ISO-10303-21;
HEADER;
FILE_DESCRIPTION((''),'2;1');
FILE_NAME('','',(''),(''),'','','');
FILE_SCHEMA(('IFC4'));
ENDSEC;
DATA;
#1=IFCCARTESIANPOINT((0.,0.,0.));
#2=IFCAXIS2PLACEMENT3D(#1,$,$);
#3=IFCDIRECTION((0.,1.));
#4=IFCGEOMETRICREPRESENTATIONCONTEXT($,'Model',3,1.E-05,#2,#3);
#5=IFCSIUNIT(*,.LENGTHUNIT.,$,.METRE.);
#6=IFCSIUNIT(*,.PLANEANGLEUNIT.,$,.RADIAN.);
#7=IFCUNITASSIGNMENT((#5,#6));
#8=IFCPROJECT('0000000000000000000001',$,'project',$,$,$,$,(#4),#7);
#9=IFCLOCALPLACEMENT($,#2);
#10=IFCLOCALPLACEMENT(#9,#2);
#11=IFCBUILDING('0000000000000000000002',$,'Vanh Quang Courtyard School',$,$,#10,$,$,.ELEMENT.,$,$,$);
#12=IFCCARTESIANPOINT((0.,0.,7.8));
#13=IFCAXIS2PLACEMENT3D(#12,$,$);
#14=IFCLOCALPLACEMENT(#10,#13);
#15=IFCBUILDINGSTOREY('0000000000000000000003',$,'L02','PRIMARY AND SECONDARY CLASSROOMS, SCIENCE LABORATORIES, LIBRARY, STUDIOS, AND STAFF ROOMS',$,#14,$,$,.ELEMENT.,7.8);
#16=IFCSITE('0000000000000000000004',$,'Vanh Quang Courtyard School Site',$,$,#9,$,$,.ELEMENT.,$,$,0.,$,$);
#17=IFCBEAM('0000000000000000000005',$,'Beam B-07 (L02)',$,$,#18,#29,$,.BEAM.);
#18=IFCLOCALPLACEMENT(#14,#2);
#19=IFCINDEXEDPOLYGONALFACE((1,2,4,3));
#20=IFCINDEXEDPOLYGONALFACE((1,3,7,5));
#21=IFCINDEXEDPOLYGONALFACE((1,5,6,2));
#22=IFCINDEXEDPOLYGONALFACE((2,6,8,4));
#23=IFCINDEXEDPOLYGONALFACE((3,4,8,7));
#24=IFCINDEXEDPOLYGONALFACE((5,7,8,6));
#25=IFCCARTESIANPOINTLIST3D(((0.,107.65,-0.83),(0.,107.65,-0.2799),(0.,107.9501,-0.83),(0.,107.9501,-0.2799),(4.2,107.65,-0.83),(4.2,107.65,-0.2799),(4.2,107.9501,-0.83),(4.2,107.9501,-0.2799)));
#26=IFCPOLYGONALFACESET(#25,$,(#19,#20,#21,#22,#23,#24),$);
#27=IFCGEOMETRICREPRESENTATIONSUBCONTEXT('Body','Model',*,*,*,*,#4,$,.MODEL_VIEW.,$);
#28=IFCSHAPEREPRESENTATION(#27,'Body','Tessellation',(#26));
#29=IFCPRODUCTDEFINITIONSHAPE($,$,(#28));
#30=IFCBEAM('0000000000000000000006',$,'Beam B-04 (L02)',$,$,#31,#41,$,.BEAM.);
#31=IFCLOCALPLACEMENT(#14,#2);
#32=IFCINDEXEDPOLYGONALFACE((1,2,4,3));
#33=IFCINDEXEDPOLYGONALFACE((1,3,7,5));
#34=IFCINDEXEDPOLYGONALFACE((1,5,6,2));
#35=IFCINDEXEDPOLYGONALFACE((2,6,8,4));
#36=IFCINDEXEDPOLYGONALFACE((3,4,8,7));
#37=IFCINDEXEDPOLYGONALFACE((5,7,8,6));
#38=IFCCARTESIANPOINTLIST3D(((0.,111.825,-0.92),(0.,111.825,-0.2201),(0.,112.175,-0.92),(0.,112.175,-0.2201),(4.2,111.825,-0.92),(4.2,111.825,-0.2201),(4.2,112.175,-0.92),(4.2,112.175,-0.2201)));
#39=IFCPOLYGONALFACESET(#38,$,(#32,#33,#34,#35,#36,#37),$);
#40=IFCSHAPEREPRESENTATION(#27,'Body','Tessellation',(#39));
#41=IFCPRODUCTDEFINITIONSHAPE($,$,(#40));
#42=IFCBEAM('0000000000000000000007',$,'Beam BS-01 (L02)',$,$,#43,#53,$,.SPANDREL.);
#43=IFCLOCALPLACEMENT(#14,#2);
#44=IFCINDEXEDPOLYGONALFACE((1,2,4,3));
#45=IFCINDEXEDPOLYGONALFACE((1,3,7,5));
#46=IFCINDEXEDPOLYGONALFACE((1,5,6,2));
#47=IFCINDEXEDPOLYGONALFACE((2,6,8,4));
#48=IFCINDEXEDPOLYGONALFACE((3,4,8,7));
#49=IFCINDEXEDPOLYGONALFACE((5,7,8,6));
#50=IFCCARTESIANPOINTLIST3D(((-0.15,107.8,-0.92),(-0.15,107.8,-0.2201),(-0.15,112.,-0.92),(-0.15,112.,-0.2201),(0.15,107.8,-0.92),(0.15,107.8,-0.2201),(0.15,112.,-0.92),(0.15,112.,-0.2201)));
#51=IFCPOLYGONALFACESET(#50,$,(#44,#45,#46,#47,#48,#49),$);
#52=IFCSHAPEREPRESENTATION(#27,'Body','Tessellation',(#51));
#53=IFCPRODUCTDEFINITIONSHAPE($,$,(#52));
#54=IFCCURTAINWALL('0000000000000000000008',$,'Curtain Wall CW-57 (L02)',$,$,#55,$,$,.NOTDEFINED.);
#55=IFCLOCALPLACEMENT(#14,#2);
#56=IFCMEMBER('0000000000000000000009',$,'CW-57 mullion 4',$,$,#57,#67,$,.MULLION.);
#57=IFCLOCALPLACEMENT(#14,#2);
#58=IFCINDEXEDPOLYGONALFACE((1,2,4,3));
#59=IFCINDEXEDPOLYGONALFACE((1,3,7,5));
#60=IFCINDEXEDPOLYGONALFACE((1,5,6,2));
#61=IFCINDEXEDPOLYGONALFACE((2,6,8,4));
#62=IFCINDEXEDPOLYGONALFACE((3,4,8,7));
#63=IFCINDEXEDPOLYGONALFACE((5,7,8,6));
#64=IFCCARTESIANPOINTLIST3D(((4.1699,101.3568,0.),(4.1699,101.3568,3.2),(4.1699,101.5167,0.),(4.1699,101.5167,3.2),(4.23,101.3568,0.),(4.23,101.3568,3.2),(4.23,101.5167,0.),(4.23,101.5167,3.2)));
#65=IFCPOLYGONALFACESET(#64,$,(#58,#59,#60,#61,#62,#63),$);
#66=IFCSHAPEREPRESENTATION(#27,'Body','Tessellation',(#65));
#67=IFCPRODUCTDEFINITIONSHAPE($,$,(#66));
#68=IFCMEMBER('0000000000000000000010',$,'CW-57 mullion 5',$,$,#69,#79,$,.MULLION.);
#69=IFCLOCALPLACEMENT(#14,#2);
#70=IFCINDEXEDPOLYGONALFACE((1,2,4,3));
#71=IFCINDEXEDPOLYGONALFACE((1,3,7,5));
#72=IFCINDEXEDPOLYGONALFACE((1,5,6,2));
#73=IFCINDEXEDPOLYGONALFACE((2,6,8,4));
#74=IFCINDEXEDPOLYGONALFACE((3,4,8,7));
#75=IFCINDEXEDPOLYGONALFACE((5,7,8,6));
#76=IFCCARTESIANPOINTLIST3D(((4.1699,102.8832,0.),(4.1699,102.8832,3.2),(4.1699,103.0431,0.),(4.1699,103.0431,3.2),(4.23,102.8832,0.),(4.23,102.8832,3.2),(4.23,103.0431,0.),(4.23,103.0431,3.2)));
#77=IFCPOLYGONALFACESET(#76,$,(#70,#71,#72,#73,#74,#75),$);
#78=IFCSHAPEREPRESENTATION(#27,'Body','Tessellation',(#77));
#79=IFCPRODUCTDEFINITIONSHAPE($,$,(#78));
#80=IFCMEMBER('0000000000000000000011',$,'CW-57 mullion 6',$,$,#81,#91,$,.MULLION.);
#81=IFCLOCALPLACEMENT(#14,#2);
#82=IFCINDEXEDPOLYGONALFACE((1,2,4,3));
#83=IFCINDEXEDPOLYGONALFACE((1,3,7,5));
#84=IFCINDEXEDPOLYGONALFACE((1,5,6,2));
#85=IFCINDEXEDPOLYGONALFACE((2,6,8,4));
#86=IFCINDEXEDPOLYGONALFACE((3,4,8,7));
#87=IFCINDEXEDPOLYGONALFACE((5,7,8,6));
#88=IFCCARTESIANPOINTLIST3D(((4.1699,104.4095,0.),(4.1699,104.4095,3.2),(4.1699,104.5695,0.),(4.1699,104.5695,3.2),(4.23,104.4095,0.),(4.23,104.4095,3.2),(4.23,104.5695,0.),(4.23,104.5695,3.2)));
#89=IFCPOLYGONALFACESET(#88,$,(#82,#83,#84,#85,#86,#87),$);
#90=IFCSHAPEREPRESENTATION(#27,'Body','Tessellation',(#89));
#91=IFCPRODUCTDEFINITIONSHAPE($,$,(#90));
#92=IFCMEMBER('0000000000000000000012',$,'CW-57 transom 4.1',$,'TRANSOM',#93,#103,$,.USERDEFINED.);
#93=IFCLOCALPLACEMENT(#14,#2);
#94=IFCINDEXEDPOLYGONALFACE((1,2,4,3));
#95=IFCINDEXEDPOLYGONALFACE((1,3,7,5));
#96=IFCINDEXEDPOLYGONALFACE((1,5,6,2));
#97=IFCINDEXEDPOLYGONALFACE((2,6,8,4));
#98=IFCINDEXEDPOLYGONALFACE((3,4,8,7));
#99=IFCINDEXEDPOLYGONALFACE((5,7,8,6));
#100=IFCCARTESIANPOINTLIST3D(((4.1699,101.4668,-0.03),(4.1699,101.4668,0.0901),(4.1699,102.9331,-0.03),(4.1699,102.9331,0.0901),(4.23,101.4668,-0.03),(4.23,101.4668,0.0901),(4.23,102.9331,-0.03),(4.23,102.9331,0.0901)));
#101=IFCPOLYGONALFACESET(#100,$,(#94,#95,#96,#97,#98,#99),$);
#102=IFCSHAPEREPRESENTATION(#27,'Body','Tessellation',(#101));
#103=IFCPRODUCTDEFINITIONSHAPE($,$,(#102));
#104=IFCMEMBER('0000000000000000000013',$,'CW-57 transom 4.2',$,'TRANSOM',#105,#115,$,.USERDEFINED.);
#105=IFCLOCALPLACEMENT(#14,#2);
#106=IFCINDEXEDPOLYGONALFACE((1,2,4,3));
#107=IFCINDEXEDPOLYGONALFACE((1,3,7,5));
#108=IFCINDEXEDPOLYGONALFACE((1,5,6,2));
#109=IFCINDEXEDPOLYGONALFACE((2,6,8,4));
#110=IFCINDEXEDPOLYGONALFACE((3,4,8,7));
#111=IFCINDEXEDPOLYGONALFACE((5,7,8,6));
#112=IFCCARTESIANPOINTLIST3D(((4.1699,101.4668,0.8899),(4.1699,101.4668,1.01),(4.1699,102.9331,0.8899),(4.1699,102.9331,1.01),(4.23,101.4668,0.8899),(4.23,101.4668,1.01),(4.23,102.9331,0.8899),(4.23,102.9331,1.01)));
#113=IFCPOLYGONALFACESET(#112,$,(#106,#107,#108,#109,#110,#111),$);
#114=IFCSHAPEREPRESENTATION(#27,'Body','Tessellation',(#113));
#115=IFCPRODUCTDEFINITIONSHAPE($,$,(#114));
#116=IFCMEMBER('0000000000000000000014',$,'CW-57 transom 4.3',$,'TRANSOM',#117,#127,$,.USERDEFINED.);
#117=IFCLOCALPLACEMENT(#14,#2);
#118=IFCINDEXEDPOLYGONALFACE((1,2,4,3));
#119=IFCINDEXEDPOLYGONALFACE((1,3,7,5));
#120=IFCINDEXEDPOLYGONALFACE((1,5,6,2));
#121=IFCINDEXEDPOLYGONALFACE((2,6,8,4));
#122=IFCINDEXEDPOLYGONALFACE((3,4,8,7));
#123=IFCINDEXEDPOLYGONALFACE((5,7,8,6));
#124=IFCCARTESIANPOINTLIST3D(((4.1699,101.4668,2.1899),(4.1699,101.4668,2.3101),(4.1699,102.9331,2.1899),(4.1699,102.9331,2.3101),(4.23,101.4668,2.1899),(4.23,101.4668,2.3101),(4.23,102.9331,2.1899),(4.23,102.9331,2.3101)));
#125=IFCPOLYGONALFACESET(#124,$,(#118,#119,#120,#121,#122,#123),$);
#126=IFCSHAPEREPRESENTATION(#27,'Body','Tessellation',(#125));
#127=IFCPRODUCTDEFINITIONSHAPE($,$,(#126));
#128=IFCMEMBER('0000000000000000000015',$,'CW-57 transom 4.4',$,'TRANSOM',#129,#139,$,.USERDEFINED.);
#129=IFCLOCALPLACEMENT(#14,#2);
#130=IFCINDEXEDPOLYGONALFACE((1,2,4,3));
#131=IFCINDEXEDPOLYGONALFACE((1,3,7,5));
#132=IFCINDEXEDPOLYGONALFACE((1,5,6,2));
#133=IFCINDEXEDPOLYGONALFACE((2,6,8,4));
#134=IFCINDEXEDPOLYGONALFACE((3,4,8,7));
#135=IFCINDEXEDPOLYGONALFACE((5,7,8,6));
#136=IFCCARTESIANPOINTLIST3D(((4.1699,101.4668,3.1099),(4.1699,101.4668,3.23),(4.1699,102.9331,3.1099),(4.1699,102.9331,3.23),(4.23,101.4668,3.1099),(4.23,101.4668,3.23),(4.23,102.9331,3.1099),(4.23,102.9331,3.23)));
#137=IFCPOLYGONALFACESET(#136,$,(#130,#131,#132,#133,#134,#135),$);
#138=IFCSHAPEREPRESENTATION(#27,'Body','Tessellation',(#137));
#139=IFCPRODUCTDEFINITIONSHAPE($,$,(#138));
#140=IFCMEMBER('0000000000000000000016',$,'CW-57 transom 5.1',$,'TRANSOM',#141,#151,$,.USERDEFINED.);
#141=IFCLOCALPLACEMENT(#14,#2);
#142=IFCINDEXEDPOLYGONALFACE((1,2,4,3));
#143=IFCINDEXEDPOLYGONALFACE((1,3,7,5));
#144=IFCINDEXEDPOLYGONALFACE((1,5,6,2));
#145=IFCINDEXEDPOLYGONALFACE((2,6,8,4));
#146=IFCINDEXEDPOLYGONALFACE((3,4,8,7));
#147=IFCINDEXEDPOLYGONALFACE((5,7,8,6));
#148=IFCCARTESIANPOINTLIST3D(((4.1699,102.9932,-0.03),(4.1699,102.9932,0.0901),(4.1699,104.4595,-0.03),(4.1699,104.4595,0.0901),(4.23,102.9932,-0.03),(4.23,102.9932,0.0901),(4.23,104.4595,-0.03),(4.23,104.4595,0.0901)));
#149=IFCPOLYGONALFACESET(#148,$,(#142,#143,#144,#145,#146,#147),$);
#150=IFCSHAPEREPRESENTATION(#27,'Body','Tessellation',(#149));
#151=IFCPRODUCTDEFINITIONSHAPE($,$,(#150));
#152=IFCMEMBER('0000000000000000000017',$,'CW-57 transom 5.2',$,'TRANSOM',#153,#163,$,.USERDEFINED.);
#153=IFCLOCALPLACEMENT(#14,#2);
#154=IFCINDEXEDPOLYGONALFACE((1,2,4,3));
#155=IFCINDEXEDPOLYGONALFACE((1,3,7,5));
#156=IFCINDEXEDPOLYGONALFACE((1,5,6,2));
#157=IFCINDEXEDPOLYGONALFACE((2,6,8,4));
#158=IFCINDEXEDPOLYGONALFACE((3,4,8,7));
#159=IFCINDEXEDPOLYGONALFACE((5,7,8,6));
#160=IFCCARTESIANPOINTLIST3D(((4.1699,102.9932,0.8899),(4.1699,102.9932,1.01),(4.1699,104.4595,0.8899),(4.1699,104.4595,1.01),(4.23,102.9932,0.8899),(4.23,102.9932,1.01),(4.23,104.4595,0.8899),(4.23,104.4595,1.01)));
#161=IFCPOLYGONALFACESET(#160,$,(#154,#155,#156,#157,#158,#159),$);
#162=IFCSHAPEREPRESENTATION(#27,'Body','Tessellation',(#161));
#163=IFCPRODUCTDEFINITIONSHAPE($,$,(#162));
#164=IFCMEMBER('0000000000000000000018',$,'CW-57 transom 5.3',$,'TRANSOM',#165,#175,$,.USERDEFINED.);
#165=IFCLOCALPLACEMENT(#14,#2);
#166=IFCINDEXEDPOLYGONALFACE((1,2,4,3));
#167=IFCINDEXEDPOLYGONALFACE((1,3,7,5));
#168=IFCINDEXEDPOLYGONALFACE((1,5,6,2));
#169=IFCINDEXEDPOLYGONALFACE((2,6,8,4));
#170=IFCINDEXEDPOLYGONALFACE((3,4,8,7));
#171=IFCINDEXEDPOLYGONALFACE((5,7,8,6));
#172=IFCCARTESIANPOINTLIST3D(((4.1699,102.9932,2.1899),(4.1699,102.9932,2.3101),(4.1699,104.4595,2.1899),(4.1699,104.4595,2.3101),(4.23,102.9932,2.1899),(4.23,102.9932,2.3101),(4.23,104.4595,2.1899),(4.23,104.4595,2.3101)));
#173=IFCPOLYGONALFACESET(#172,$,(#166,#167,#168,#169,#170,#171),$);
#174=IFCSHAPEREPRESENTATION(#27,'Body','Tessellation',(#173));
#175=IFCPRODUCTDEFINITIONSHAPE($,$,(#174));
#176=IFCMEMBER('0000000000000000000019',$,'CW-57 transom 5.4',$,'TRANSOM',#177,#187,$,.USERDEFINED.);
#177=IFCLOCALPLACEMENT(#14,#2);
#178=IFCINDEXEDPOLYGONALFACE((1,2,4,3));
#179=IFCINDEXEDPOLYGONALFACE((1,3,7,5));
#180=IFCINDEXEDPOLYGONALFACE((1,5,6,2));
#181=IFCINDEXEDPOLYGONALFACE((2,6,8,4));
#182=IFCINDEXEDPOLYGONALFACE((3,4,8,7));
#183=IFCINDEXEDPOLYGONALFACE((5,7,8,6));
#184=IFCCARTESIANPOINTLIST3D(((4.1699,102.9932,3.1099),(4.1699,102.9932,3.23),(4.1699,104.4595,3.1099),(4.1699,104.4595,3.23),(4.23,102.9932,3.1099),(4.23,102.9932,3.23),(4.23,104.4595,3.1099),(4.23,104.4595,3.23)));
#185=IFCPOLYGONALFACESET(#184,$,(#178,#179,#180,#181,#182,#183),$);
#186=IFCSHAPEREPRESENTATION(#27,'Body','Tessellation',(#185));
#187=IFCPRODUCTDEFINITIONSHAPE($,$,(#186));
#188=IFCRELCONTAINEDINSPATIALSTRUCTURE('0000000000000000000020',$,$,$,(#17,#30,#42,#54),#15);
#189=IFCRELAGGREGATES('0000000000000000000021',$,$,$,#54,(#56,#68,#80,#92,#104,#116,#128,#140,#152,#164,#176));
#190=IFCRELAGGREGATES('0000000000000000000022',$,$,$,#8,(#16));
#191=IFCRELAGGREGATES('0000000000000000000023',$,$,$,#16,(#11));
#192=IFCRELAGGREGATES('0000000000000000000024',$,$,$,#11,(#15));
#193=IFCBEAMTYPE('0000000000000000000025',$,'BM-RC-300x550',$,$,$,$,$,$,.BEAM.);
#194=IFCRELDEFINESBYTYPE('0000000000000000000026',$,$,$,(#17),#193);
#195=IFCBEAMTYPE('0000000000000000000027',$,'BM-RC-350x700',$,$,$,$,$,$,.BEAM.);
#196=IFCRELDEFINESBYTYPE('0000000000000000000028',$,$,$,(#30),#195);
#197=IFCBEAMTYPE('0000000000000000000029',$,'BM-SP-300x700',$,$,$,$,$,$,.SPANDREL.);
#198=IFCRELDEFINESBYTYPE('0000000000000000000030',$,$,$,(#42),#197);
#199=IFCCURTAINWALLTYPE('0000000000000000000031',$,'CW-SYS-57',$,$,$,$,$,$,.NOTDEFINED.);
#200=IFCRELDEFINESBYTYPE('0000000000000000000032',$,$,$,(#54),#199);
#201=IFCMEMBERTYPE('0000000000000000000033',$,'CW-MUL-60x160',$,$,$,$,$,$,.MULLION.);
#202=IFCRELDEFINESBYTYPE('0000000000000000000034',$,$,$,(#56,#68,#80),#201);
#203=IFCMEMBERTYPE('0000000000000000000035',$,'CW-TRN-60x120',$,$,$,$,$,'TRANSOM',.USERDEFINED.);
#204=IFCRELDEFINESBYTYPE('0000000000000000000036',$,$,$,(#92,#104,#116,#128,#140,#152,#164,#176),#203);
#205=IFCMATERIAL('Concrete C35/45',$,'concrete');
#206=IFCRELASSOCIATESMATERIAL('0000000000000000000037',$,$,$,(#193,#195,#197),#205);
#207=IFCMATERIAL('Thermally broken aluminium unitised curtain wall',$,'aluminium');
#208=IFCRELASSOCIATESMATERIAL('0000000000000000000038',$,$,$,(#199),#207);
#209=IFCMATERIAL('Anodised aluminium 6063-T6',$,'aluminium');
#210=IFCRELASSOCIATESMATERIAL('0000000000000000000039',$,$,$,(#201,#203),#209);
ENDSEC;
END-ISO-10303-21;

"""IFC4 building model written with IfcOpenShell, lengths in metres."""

from ifc_helpers import new_model, si_unit, direction, frame, origin, origin_2d, place, context, subcontext, project, spatial, rectangle, extrude, material, material_profile, profile_set, type_object, element, aggregate, save


model = new_model("IFC4")

# Units and contexts
model_context = context("Model", 3, precision=1e-05, world=origin(), true_north=direction((0.0, 1.0)))
body_context = subcontext(model_context, "Body", "Model", "MODEL_VIEW")
ifc_project = project(units=[si_unit("LENGTHUNIT", "METRE"), si_unit("PLANEANGLEUNIT", "RADIAN")], contexts=[model_context])

# Site, building, storey
site_placement = place(None, origin())
site = spatial("IfcSite", under=ifc_project, at=site_placement, Name="Vanh Quang Courtyard School Site", CompositionType="ELEMENT", RefElevation=0.0)
building_placement = place(site_placement, origin())
building = spatial("IfcBuilding", under=site, at=building_placement, Name="Vanh Quang Courtyard School", CompositionType="ELEMENT")
storey_placement = place(building_placement, frame((0.0, 0.0, 7.8)))
storey = spatial("IfcBuildingStorey", under=building, at=storey_placement, Name="L02", Description="PRIMARY AND SECONDARY CLASSROOMS, SCIENCE LABORATORIES, LIBRARY, STUDIOS, AND STAFF ROOMS", CompositionType="ELEMENT", Elevation=7.8)

# Beams
ifc_material_1 = material(Name="Concrete C35/45", Category="concrete")
ifc_material_profile_1 = material_profile(ifc_material_1, rectangle(XDim=0.3, YDim=0.55, at=origin_2d()), Name="RC-BM 300x550")
ifc_profile_set_1 = profile_set([ifc_material_profile_1], Name="Concrete C35/45")
beam_type_1 = type_object("IfcBeamType", Name="BM-RC-300x550", PredefinedType="BEAM", material=ifc_profile_set_1)
beam_1_placement = place(storey_placement, frame((0.0, 107.8, -0.5549), z_axis=(1.0, 0.0, 0.0), x_axis=(0.0, 1.0, 0.0)))
element("IfcBeam", 1, at=beam_1_placement, inside=storey, type_object=beam_type_1, Name="Beam B-07 (L02)", PredefinedType="BEAM", context=body_context, shape_type="SweptSolid", body=[
    extrude(rectangle(XDim=0.3, YDim=0.55, at=origin_2d()), origin(), (0.0, 0.0, 1.0), 4.2),
])
ifc_material_profile_2 = material_profile(ifc_material_1, rectangle(XDim=0.3501, YDim=0.7, at=origin_2d()), Name="RC-BM 350x700")
ifc_profile_set_2 = profile_set([ifc_material_profile_2], Name="Concrete C35/45")
beam_type_2 = type_object("IfcBeamType", Name="BM-RC-350x700", PredefinedType="BEAM", material=ifc_profile_set_2)
beam_2_placement = place(storey_placement, frame((0.0, 112.0, -0.5701), z_axis=(1.0, 0.0, 0.0), x_axis=(0.0, 1.0, 0.0)))
element("IfcBeam", 2, at=beam_2_placement, inside=storey, type_object=beam_type_2, Name="Beam B-04 (L02)", PredefinedType="BEAM", context=body_context, shape_type="SweptSolid", body=[
    extrude(rectangle(XDim=0.3501, YDim=0.7, at=origin_2d()), origin(), (0.0, 0.0, 1.0), 4.2),
])
ifc_material_profile_3 = material_profile(ifc_material_1, rectangle(XDim=0.3, YDim=0.7, at=origin_2d()), Name="RC-SP 300x700")
ifc_profile_set_3 = profile_set([ifc_material_profile_3], Name="Concrete C35/45")
beam_type_3 = type_object("IfcBeamType", Name="BM-SP-300x700", PredefinedType="SPANDREL", material=ifc_profile_set_3)
beam_3_placement = place(storey_placement, frame((0.0, 107.8, -0.5701), z_axis=(0.0, 1.0, 0.0), x_axis=(-1.0, 0.0, 0.0)))
element("IfcBeam", 3, at=beam_3_placement, inside=storey, type_object=beam_type_3, Name="Beam BS-01 (L02)", PredefinedType="SPANDREL", context=body_context, shape_type="SweptSolid", body=[
    extrude(rectangle(XDim=0.3, YDim=0.7, at=origin_2d()), origin(), (0.0, 0.0, 1.0), 4.2),
])

# Curtain wall, members
ifc_material_2 = material(Name="Thermally broken aluminium unitised curtain wall", Category="aluminium")
curtain_wall_type = type_object("IfcCurtainWallType", Name="CW-SYS-57", PredefinedType="NOTDEFINED", material=ifc_material_2)
curtain_wall_placement = place(storey_placement, origin())
curtain_wall = element("IfcCurtainWall", 4, at=curtain_wall_placement, inside=storey, type_object=curtain_wall_type, Name="Curtain Wall CW-57 (L02)", PredefinedType="NOTDEFINED")
ifc_material_3 = material(Name="Anodised aluminium 6063-T6", Category="aluminium")
ifc_material_profile_4 = material_profile(ifc_material_3, rectangle(XDim=0.0601, YDim=0.1599, at=origin_2d()), Name="ALU-MUL 60x160")
ifc_profile_set_4 = profile_set([ifc_material_profile_4], Name="Anodised aluminium 6063-T6")
member_type_1 = type_object("IfcMemberType", Name="CW-MUL-60x160", PredefinedType="MULLION", material=ifc_profile_set_4)
member_1_placement = place(storey_placement, frame((4.2, 101.4368, 0.0), z_axis=(0.0, 0.0, 1.0), x_axis=(-1.0, 0.0, 0.0)))
member_1 = element("IfcMember", 5, at=member_1_placement, type_object=member_type_1, Name="CW-57 mullion 4", PredefinedType="MULLION", context=body_context, shape_type="SweptSolid", body=[
    extrude(rectangle(XDim=0.0601, YDim=0.1599, at=origin_2d()), origin(), (0.0, 0.0, 1.0), 3.2),
])
member_2_placement = place(storey_placement, frame((4.2, 102.9631, 0.0), z_axis=(0.0, 0.0, 1.0), x_axis=(-1.0, 0.0, 0.0)))
member_2 = element("IfcMember", 6, at=member_2_placement, type_object=member_type_1, Name="CW-57 mullion 5", PredefinedType="MULLION", context=body_context, shape_type="SweptSolid", body=[
    extrude(rectangle(XDim=0.0601, YDim=0.1599, at=origin_2d()), origin(), (0.0, 0.0, 1.0), 3.2),
])
member_3_placement = place(storey_placement, frame((4.2, 104.4895, 0.0), z_axis=(0.0, 0.0, 1.0), x_axis=(-1.0, 0.0, 0.0)))
member_3 = element("IfcMember", 7, at=member_3_placement, type_object=member_type_1, Name="CW-57 mullion 6", PredefinedType="MULLION", context=body_context, shape_type="SweptSolid", body=[
    extrude(rectangle(XDim=0.0601, YDim=0.1599, at=origin_2d()), origin(), (0.0, 0.0, 1.0), 3.2),
])
ifc_material_profile_5 = material_profile(ifc_material_3, rectangle(XDim=0.0601, YDim=0.1201, at=origin_2d()), Name="ALU-TRN 60x120")
ifc_profile_set_5 = profile_set([ifc_material_profile_5], Name="Anodised aluminium 6063-T6")
member_type_2 = type_object("IfcMemberType", Name="CW-TRN-60x120", ElementType="TRANSOM", PredefinedType="USERDEFINED", material=ifc_profile_set_5)
member_4_placement = place(storey_placement, frame((4.2, 101.4668, 0.03), z_axis=(0.0, 1.0, 0.0), x_axis=(-1.0, 0.0, 0.0)))
member_4 = element("IfcMember", 8, at=member_4_placement, type_object=member_type_2, Name="CW-57 transom 4.1", ObjectType="TRANSOM", PredefinedType="USERDEFINED", context=body_context, shape_type="SweptSolid", body=[
    extrude(rectangle(XDim=0.0601, YDim=0.1201, at=origin_2d()), origin(), (0.0, 0.0, 1.0), 1.4663),
])
member_5_placement = place(storey_placement, frame((4.2, 101.4668, 0.95), z_axis=(0.0, 1.0, 0.0), x_axis=(-1.0, 0.0, 0.0)))
member_5 = element("IfcMember", 9, at=member_5_placement, type_object=member_type_2, Name="CW-57 transom 4.2", ObjectType="TRANSOM", PredefinedType="USERDEFINED", context=body_context, shape_type="SweptSolid", body=[
    extrude(rectangle(XDim=0.0601, YDim=0.1201, at=origin_2d()), origin(), (0.0, 0.0, 1.0), 1.4663),
])
member_6_placement = place(storey_placement, frame((4.2, 101.4668, 2.25), z_axis=(0.0, 1.0, 0.0), x_axis=(-1.0, 0.0, 0.0)))
member_6 = element("IfcMember", 10, at=member_6_placement, type_object=member_type_2, Name="CW-57 transom 4.3", ObjectType="TRANSOM", PredefinedType="USERDEFINED", context=body_context, shape_type="SweptSolid", body=[
    extrude(rectangle(XDim=0.0601, YDim=0.1201, at=origin_2d()), origin(), (0.0, 0.0, 1.0), 1.4663),
])
member_7_placement = place(storey_placement, frame((4.2, 101.4668, 3.1699), z_axis=(0.0, 1.0, 0.0), x_axis=(-1.0, 0.0, 0.0)))
member_7 = element("IfcMember", 11, at=member_7_placement, type_object=member_type_2, Name="CW-57 transom 4.4", ObjectType="TRANSOM", PredefinedType="USERDEFINED", context=body_context, shape_type="SweptSolid", body=[
    extrude(rectangle(XDim=0.0601, YDim=0.1201, at=origin_2d()), origin(), (0.0, 0.0, 1.0), 1.4663),
])
member_8_placement = place(storey_placement, frame((4.2, 102.9932, 0.03), z_axis=(0.0, 1.0, 0.0), x_axis=(-1.0, 0.0, 0.0)))
member_8 = element("IfcMember", 12, at=member_8_placement, type_object=member_type_2, Name="CW-57 transom 5.1", ObjectType="TRANSOM", PredefinedType="USERDEFINED", context=body_context, shape_type="SweptSolid", body=[
    extrude(rectangle(XDim=0.0601, YDim=0.1201, at=origin_2d()), origin(), (0.0, 0.0, 1.0), 1.4663),
])
member_9_placement = place(storey_placement, frame((4.2, 102.9932, 0.95), z_axis=(0.0, 1.0, 0.0), x_axis=(-1.0, 0.0, 0.0)))
member_9 = element("IfcMember", 13, at=member_9_placement, type_object=member_type_2, Name="CW-57 transom 5.2", ObjectType="TRANSOM", PredefinedType="USERDEFINED", context=body_context, shape_type="SweptSolid", body=[
    extrude(rectangle(XDim=0.0601, YDim=0.1201, at=origin_2d()), origin(), (0.0, 0.0, 1.0), 1.4663),
])
member_10_placement = place(storey_placement, frame((4.2, 102.9932, 2.25), z_axis=(0.0, 1.0, 0.0), x_axis=(-1.0, 0.0, 0.0)))
member_10 = element("IfcMember", 14, at=member_10_placement, type_object=member_type_2, Name="CW-57 transom 5.3", ObjectType="TRANSOM", PredefinedType="USERDEFINED", context=body_context, shape_type="SweptSolid", body=[
    extrude(rectangle(XDim=0.0601, YDim=0.1201, at=origin_2d()), origin(), (0.0, 0.0, 1.0), 1.4663),
])
member_11_placement = place(storey_placement, frame((4.2, 102.9932, 3.1699), z_axis=(0.0, 1.0, 0.0), x_axis=(-1.0, 0.0, 0.0)))
member_11 = element("IfcMember", 15, at=member_11_placement, type_object=member_type_2, Name="CW-57 transom 5.4", ObjectType="TRANSOM", PredefinedType="USERDEFINED", context=body_context, shape_type="SweptSolid", body=[
    extrude(rectangle(XDim=0.0601, YDim=0.1201, at=origin_2d()), origin(), (0.0, 0.0, 1.0), 1.4663),
])
aggregate(curtain_wall, [member_1, member_2, member_3, member_4, member_5, member_6, member_7, member_8, member_9, member_10, member_11])

save(model, "model.ifc")
